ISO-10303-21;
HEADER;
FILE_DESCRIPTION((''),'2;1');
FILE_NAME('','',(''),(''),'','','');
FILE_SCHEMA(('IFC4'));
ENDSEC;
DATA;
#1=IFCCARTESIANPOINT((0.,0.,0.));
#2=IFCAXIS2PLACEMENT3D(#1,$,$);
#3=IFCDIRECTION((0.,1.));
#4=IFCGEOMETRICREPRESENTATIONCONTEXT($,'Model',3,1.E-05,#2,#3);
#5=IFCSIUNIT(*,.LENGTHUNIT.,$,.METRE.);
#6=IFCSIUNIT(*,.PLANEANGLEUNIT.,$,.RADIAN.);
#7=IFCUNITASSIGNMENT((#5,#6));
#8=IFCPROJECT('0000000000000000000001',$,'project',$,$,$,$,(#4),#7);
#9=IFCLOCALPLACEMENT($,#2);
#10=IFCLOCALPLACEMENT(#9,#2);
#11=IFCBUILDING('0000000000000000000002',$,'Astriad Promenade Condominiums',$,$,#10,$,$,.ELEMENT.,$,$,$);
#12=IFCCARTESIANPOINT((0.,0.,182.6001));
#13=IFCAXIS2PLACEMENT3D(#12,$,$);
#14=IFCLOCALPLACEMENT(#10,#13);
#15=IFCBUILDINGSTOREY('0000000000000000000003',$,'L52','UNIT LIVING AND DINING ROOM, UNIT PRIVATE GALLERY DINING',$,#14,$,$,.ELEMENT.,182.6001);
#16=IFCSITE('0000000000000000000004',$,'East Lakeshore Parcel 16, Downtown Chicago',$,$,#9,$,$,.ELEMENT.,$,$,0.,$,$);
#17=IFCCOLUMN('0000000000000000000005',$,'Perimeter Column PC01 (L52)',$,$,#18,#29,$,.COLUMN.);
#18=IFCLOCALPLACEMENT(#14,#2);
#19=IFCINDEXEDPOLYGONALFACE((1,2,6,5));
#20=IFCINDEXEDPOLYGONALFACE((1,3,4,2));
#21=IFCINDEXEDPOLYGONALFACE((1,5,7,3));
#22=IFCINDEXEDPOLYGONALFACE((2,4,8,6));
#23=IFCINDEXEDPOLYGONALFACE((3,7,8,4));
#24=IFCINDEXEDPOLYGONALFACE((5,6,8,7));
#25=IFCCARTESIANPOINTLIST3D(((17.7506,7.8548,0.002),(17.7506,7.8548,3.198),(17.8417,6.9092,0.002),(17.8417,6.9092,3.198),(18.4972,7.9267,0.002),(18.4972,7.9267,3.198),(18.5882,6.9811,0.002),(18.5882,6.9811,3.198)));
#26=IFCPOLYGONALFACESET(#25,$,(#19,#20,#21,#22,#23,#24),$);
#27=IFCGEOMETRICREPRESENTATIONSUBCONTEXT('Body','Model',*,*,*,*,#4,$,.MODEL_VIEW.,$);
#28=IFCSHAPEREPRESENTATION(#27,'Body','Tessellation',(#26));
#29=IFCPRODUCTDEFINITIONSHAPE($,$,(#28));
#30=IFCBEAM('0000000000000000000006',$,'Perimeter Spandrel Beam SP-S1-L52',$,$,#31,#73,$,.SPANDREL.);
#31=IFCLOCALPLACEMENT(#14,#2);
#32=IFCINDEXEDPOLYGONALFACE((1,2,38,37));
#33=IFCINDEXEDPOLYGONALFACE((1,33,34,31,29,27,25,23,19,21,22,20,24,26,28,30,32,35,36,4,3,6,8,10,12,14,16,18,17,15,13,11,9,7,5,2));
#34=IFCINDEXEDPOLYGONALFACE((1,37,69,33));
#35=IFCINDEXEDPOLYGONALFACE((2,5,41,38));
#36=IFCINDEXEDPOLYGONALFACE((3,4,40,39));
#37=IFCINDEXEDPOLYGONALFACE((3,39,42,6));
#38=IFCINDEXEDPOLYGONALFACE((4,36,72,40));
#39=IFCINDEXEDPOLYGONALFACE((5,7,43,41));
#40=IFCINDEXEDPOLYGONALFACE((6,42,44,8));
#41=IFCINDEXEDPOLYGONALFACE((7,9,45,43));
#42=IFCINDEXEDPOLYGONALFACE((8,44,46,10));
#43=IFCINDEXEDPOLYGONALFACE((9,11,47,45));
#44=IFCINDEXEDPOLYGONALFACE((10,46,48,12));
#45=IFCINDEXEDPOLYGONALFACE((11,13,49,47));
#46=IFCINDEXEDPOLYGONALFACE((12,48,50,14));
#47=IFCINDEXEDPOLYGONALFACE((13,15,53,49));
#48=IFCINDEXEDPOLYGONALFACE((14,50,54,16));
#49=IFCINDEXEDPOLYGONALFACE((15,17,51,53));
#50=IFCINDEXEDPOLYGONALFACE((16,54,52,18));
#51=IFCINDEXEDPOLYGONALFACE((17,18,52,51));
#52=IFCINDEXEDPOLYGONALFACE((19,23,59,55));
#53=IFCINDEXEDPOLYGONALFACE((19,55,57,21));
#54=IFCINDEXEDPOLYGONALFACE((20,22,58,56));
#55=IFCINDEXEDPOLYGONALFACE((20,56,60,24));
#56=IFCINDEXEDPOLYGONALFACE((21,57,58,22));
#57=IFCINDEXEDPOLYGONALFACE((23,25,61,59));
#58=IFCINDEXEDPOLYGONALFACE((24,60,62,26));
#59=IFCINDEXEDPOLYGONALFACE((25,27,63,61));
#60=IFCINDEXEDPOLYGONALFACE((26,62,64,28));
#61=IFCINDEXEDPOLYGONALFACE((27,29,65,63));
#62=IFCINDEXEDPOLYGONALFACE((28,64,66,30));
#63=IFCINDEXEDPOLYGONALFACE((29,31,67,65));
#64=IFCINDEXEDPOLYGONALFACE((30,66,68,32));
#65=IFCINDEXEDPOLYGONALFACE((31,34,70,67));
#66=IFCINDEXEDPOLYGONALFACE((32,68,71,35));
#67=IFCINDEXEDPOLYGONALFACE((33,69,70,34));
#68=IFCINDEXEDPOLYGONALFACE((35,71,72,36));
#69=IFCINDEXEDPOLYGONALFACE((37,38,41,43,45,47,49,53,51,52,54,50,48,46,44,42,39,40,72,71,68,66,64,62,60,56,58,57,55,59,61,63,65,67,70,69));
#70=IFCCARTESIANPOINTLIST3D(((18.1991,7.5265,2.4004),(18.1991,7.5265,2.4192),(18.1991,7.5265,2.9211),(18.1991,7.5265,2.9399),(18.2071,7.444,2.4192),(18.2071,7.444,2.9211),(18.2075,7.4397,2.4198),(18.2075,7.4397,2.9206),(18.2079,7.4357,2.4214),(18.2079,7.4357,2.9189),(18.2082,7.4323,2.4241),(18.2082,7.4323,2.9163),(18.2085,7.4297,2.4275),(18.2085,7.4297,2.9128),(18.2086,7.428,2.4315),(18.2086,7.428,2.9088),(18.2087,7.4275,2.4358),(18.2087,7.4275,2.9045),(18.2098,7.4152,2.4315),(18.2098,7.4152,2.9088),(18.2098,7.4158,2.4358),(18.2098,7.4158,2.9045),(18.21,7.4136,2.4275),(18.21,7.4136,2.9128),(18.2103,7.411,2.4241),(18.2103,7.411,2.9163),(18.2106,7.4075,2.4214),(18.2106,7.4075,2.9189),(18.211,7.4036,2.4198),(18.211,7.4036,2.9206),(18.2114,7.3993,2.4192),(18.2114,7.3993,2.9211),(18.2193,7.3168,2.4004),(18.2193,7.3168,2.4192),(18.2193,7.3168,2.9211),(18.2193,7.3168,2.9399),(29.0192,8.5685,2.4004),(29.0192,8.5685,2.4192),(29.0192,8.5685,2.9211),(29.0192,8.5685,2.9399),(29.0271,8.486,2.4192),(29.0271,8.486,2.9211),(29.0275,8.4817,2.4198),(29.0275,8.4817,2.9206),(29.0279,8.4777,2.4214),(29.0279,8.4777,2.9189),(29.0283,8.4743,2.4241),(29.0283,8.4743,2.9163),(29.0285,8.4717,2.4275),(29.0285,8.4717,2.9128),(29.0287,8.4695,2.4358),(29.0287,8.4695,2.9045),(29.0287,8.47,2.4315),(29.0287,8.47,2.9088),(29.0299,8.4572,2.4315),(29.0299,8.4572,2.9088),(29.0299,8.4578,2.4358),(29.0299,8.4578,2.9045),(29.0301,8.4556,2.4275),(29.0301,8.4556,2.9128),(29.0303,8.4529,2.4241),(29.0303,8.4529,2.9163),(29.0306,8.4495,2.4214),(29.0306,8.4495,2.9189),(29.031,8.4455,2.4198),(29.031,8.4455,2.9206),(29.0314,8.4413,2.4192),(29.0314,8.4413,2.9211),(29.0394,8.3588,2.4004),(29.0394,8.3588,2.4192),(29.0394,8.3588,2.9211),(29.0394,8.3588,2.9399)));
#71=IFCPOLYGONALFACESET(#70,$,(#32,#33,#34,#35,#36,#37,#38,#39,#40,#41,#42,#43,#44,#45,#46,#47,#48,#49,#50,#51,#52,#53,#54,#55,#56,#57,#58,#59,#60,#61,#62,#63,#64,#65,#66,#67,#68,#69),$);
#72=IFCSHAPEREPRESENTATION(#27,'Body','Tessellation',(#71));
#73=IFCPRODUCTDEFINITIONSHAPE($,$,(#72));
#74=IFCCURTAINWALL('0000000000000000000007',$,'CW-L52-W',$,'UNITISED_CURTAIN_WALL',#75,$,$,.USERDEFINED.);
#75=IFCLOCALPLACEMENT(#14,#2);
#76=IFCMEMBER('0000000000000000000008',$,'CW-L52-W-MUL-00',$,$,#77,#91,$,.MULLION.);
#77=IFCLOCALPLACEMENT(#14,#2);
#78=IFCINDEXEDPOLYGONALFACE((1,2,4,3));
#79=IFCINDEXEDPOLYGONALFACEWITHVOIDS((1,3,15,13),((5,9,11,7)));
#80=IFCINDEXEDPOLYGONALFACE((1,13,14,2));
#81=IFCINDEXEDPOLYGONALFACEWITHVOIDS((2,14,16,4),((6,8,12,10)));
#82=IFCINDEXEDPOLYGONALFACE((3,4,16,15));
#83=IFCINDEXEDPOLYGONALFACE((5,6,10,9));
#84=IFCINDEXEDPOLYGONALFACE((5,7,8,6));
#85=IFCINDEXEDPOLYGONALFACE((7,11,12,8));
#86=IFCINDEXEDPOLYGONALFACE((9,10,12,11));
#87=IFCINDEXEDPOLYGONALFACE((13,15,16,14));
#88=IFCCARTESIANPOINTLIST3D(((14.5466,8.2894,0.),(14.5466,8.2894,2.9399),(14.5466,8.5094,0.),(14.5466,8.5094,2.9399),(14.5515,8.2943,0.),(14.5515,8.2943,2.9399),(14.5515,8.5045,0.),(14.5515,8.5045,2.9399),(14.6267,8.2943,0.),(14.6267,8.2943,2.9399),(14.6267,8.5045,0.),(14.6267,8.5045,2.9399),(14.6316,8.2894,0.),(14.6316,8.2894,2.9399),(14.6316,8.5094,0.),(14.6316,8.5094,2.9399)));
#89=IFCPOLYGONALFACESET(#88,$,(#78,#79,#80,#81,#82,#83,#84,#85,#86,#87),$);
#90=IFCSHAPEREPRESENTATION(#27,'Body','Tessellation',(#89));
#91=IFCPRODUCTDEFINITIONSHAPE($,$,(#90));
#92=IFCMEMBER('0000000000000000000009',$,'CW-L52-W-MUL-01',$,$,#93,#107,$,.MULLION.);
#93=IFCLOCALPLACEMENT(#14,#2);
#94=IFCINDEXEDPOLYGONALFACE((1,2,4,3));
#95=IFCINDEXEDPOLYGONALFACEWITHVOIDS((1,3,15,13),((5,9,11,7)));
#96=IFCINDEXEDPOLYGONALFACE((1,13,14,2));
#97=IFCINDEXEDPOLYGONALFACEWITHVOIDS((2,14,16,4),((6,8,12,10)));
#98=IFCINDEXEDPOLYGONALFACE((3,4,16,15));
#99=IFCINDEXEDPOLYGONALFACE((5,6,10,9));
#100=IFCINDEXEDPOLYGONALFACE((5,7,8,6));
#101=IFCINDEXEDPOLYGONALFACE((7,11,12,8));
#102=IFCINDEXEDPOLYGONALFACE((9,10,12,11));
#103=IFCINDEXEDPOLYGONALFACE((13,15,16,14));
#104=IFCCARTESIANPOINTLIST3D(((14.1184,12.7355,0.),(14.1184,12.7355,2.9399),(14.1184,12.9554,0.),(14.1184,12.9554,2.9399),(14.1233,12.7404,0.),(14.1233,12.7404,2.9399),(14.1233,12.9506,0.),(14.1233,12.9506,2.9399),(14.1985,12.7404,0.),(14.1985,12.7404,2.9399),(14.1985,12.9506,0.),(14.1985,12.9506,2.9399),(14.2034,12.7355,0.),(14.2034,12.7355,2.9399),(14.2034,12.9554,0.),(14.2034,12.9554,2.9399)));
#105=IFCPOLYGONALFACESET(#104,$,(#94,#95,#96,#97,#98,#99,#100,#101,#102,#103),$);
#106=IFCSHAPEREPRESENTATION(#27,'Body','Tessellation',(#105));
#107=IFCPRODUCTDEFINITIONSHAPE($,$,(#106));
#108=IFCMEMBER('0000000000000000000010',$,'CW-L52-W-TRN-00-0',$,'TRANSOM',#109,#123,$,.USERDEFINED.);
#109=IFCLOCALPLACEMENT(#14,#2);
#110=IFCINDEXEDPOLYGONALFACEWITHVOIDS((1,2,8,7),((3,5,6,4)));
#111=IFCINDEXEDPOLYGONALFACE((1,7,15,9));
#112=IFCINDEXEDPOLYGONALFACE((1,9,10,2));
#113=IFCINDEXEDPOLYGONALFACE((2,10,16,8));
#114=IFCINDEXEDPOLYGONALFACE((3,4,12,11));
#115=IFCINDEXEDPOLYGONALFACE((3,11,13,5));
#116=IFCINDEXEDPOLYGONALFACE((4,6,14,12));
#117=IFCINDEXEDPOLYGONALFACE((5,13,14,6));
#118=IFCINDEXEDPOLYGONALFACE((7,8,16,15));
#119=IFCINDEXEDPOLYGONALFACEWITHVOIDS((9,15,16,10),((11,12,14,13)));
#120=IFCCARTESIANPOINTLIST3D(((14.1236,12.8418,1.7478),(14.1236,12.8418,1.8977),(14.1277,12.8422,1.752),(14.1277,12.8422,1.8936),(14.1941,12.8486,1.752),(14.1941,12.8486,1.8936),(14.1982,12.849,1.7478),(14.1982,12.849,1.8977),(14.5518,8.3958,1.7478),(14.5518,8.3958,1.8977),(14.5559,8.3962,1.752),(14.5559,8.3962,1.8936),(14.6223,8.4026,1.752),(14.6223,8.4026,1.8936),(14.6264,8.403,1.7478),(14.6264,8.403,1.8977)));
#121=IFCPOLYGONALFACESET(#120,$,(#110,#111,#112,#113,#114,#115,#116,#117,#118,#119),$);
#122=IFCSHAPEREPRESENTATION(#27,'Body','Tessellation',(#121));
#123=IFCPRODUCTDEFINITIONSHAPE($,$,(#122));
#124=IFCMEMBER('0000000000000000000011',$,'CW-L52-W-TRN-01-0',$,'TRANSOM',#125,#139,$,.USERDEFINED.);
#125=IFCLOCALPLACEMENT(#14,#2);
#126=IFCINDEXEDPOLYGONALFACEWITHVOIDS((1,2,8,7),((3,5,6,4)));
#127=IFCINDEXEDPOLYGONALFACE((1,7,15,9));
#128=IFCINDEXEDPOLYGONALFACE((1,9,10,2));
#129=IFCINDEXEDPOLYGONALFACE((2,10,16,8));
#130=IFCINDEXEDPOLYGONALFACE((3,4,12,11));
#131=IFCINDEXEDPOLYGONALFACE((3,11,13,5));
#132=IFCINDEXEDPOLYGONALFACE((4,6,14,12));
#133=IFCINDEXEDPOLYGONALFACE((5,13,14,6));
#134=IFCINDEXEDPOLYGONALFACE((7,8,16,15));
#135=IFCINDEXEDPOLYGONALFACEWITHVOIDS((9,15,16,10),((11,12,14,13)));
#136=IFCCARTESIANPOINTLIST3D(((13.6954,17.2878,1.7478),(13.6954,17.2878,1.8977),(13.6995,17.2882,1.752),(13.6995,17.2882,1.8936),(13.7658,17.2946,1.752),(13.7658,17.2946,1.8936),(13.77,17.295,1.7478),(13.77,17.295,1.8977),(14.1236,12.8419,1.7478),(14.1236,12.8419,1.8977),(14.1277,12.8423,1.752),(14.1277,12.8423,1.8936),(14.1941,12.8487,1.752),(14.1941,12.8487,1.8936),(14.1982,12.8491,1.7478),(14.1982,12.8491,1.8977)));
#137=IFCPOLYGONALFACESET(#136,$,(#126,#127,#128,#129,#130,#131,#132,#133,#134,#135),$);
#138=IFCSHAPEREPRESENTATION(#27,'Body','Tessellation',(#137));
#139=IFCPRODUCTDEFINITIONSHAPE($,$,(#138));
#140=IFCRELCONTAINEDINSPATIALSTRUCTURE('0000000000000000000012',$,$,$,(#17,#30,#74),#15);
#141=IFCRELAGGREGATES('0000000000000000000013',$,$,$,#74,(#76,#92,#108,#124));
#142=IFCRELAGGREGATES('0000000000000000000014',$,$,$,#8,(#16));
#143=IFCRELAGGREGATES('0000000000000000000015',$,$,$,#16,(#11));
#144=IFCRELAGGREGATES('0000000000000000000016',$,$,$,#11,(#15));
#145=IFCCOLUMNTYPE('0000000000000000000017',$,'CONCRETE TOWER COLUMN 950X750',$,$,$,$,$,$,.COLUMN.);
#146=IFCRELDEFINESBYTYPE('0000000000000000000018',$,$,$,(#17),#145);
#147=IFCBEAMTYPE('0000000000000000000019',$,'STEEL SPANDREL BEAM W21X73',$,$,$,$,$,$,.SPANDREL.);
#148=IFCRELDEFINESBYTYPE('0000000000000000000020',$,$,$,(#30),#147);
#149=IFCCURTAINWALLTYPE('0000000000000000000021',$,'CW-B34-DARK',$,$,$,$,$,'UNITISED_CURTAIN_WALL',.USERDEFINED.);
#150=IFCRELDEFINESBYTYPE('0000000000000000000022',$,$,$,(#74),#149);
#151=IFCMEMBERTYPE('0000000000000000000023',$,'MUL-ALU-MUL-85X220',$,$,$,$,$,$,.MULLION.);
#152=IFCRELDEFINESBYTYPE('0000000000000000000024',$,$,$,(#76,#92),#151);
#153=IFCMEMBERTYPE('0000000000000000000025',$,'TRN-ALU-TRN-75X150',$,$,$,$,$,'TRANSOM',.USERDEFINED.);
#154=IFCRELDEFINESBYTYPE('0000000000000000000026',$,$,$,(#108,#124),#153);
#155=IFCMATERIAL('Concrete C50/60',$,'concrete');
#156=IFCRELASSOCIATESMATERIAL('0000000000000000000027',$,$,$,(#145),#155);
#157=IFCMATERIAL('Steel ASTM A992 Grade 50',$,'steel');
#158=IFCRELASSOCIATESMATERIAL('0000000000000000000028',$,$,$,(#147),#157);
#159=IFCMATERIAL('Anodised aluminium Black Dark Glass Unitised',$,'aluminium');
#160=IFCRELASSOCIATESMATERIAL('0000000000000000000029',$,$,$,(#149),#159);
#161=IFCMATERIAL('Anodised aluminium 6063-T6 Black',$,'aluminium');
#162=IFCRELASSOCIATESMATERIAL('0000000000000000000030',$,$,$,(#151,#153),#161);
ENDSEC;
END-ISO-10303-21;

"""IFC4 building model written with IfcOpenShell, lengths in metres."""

from ifc_helpers import new_model, si_unit, direction, frame, origin, origin_2d, place, context, subcontext, project, spatial, rectangle, hollow_rectangle, i_section, extrude, source, transform, mapped, material, material_profile, profile_set, type_object, type_shapes, element, aggregate, save


model = new_model("IFC4")

# Units and contexts
model_context = context("Model", 3, precision=1e-05, world=origin(), true_north=direction((0.0, 1.0)))
body_context = subcontext(model_context, "Body", "Model", "MODEL_VIEW")
ifc_project = project(units=[si_unit("LENGTHUNIT", "METRE"), si_unit("PLANEANGLEUNIT", "RADIAN")], contexts=[model_context])

# Site, building, storey
site_placement = place(None, origin())
site = spatial("IfcSite", under=ifc_project, at=site_placement, Name="East Lakeshore Parcel 16, Downtown Chicago", CompositionType="ELEMENT", RefElevation=0.0)
building_placement = place(site_placement, origin())
building = spatial("IfcBuilding", under=site, at=building_placement, Name="Astriad Promenade Condominiums", CompositionType="ELEMENT")
storey_placement = place(building_placement, frame((0.0, 0.0, 182.6001)))
storey = spatial("IfcBuildingStorey", under=building, at=storey_placement, Name="L52", Description="UNIT LIVING AND DINING ROOM, UNIT PRIVATE GALLERY DINING", CompositionType="ELEMENT", Elevation=182.6001)

# Column
ifc_material_1 = material(Name="Concrete C50/60", Category="concrete")
ifc_material_profile_1 = material_profile(ifc_material_1, rectangle(XDim=0.75, YDim=0.95, at=origin_2d()), Name="RC-COL-950X750")
ifc_profile_set_1 = profile_set([ifc_material_profile_1], Name="Concrete C50/60")
column_type = type_object("IfcColumnType", Name="CONCRETE TOWER COLUMN 950X750", PredefinedType="COLUMN", material=ifc_profile_set_1)
shared_shape_1 = source(origin(), body_context, "Body", "SweptSolid", [
    extrude(rectangle(XDim=0.75, YDim=0.95, at=origin_2d()), origin(), (0.0, 0.0, 1.0), 3.196),
])
type_shapes(column_type, [shared_shape_1])
column_placement = place(storey_placement, frame((18.1694, 7.418, 0.002), z_axis=(0.0, 0.0, 1.0), x_axis=(0.995396, 0.095846, 0.0)))
element("IfcColumn", 1, at=column_placement, inside=storey, type_object=column_type, Name="Perimeter Column PC01 (L52)", PredefinedType="COLUMN", context=body_context, shape_type="MappedRepresentation", body=[
    mapped(shared_shape_1, transform((0.0, 0.0, 0.0), scale=1.0)),
])

# Beam
ifc_material_2 = material(Name="Steel ASTM A992 Grade 50", Category="steel")
ifc_material_profile_2 = material_profile(ifc_material_2, i_section(OverallWidth=0.2107, OverallDepth=0.5396, WebThickness=0.0117, FlangeThickness=0.0188, FilletRadius=0.0166, at=origin_2d()), Name="W21X73")
ifc_profile_set_2 = profile_set([ifc_material_profile_2], Name="Steel ASTM A992 Grade 50")
beam_type = type_object("IfcBeamType", Name="STEEL SPANDREL BEAM W21X73", PredefinedType="SPANDREL", material=ifc_profile_set_2)
shared_shape_2 = source(origin(), body_context, "Body", "SweptSolid", [
    extrude(i_section(OverallWidth=0.2107, OverallDepth=0.5396, WebThickness=0.0117, FlangeThickness=0.0188, FilletRadius=0.0166, at=origin_2d()), origin(), (0.0, 0.0, 1.0), 10.8701),
])
type_shapes(beam_type, [shared_shape_2])
beam_placement = place(storey_placement, frame((18.2092, 7.4216, 2.6702), z_axis=(0.995395, 0.095858, 0.0), x_axis=(-0.095858, 0.995395, 0.0)))
element("IfcBeam", 2, at=beam_placement, inside=storey, type_object=beam_type, Name="Perimeter Spandrel Beam SP-S1-L52", PredefinedType="SPANDREL", context=body_context, shape_type="MappedRepresentation", body=[
    mapped(shared_shape_2, transform((0.0, 0.0, 0.0), scale=1.0)),
])

# Curtain wall, members
ifc_material_3 = material(Name="Anodised aluminium Black Dark Glass Unitised", Category="aluminium")
curtain_wall_type = type_object("IfcCurtainWallType", Name="CW-B34-DARK", ElementType="UNITISED_CURTAIN_WALL", PredefinedType="USERDEFINED", material=ifc_material_3)
curtain_wall_placement = place(storey_placement, origin())
curtain_wall = element("IfcCurtainWall", 3, at=curtain_wall_placement, inside=storey, type_object=curtain_wall_type, Name="CW-L52-W", ObjectType="UNITISED_CURTAIN_WALL", PredefinedType="USERDEFINED")
ifc_material_4 = material(Name="Anodised aluminium 6063-T6 Black", Category="aluminium")
ifc_material_profile_3 = material_profile(ifc_material_4, hollow_rectangle(XDim=0.085, YDim=0.22, WallThickness=0.0049, at=origin_2d()), Name="ALU-MUL-85X220")
ifc_profile_set_3 = profile_set([ifc_material_profile_3], Name="Anodised aluminium 6063-T6 Black")
member_type_1 = type_object("IfcMemberType", Name="MUL-ALU-MUL-85X220", PredefinedType="MULLION", material=ifc_profile_set_3)
shared_shape_3 = source(origin(), body_context, "Body", "SweptSolid", [
    extrude(hollow_rectangle(XDim=0.085, YDim=0.22, WallThickness=0.0049, at=origin_2d()), origin(), (0.0, 0.0, 1.0), 2.9399),
])
type_shapes(member_type_1, [shared_shape_3])
member_1_placement = place(storey_placement, frame((14.5891, 8.3994, 0.0), z_axis=(0.0, 0.0, 1.0), x_axis=(1.0, 0.0, 0.0)))
member_1 = element("IfcMember", 4, at=member_1_placement, type_object=member_type_1, Name="CW-L52-W-MUL-00", PredefinedType="MULLION", context=body_context, shape_type="MappedRepresentation", body=[
    mapped(shared_shape_3, transform((0.0, 0.0, 0.0), scale=1.0)),
])
member_2_placement = place(storey_placement, frame((14.1609, 12.8455, 0.0), z_axis=(0.0, 0.0, 1.0), x_axis=(1.0, 0.0, 0.0)))
member_2 = element("IfcMember", 5, at=member_2_placement, type_object=member_type_1, Name="CW-L52-W-MUL-01", PredefinedType="MULLION", context=body_context, shape_type="MappedRepresentation", body=[
    mapped(shared_shape_3, transform((0.0, 0.0, 0.0), scale=1.0)),
])
ifc_material_profile_4 = material_profile(ifc_material_4, hollow_rectangle(XDim=0.075, YDim=0.1499, WallThickness=0.0042, at=origin_2d()), Name="ALU-TRN-75X150")
ifc_profile_set_4 = profile_set([ifc_material_profile_4], Name="Anodised aluminium 6063-T6 Black")
member_type_2 = type_object("IfcMemberType", Name="TRN-ALU-TRN-75X150", ElementType="TRANSOM", PredefinedType="USERDEFINED", material=ifc_profile_set_4)
shared_shape_4 = source(origin(), body_context, "Body", "SweptSolid", [
    extrude(hollow_rectangle(XDim=0.075, YDim=0.1499, WallThickness=0.0042, at=origin_2d()), origin(), (0.0, 0.0, 1.0), 4.4666),
])
type_shapes(member_type_2, [shared_shape_4])
member_3_placement = place(storey_placement, frame((14.5891, 8.3994, 1.8228), z_axis=(-0.095872, 0.995394, 0.0), x_axis=(-0.995394, -0.095872, 0.0)))
member_3 = element("IfcMember", 6, at=member_3_placement, type_object=member_type_2, Name="CW-L52-W-TRN-00-0", ObjectType="TRANSOM", PredefinedType="USERDEFINED", context=body_context, shape_type="MappedRepresentation", body=[
    mapped(shared_shape_4, transform((0.0, 0.0, 0.0), scale=1.0)),
])
member_4_placement = place(storey_placement, frame((14.1609, 12.8455, 1.8228), z_axis=(-0.095872, 0.995394, 0.0), x_axis=(-0.995394, -0.095872, 0.0)))
member_4 = element("IfcMember", 7, at=member_4_placement, type_object=member_type_2, Name="CW-L52-W-TRN-01-0", ObjectType="TRANSOM", PredefinedType="USERDEFINED", context=body_context, shape_type="MappedRepresentation", body=[
    mapped(shared_shape_4, transform((0.0, 0.0, 0.0), scale=1.0)),
])

aggregate(curtain_wall, [member_1, member_2, member_3, member_4])

save(model, "model.ifc")
